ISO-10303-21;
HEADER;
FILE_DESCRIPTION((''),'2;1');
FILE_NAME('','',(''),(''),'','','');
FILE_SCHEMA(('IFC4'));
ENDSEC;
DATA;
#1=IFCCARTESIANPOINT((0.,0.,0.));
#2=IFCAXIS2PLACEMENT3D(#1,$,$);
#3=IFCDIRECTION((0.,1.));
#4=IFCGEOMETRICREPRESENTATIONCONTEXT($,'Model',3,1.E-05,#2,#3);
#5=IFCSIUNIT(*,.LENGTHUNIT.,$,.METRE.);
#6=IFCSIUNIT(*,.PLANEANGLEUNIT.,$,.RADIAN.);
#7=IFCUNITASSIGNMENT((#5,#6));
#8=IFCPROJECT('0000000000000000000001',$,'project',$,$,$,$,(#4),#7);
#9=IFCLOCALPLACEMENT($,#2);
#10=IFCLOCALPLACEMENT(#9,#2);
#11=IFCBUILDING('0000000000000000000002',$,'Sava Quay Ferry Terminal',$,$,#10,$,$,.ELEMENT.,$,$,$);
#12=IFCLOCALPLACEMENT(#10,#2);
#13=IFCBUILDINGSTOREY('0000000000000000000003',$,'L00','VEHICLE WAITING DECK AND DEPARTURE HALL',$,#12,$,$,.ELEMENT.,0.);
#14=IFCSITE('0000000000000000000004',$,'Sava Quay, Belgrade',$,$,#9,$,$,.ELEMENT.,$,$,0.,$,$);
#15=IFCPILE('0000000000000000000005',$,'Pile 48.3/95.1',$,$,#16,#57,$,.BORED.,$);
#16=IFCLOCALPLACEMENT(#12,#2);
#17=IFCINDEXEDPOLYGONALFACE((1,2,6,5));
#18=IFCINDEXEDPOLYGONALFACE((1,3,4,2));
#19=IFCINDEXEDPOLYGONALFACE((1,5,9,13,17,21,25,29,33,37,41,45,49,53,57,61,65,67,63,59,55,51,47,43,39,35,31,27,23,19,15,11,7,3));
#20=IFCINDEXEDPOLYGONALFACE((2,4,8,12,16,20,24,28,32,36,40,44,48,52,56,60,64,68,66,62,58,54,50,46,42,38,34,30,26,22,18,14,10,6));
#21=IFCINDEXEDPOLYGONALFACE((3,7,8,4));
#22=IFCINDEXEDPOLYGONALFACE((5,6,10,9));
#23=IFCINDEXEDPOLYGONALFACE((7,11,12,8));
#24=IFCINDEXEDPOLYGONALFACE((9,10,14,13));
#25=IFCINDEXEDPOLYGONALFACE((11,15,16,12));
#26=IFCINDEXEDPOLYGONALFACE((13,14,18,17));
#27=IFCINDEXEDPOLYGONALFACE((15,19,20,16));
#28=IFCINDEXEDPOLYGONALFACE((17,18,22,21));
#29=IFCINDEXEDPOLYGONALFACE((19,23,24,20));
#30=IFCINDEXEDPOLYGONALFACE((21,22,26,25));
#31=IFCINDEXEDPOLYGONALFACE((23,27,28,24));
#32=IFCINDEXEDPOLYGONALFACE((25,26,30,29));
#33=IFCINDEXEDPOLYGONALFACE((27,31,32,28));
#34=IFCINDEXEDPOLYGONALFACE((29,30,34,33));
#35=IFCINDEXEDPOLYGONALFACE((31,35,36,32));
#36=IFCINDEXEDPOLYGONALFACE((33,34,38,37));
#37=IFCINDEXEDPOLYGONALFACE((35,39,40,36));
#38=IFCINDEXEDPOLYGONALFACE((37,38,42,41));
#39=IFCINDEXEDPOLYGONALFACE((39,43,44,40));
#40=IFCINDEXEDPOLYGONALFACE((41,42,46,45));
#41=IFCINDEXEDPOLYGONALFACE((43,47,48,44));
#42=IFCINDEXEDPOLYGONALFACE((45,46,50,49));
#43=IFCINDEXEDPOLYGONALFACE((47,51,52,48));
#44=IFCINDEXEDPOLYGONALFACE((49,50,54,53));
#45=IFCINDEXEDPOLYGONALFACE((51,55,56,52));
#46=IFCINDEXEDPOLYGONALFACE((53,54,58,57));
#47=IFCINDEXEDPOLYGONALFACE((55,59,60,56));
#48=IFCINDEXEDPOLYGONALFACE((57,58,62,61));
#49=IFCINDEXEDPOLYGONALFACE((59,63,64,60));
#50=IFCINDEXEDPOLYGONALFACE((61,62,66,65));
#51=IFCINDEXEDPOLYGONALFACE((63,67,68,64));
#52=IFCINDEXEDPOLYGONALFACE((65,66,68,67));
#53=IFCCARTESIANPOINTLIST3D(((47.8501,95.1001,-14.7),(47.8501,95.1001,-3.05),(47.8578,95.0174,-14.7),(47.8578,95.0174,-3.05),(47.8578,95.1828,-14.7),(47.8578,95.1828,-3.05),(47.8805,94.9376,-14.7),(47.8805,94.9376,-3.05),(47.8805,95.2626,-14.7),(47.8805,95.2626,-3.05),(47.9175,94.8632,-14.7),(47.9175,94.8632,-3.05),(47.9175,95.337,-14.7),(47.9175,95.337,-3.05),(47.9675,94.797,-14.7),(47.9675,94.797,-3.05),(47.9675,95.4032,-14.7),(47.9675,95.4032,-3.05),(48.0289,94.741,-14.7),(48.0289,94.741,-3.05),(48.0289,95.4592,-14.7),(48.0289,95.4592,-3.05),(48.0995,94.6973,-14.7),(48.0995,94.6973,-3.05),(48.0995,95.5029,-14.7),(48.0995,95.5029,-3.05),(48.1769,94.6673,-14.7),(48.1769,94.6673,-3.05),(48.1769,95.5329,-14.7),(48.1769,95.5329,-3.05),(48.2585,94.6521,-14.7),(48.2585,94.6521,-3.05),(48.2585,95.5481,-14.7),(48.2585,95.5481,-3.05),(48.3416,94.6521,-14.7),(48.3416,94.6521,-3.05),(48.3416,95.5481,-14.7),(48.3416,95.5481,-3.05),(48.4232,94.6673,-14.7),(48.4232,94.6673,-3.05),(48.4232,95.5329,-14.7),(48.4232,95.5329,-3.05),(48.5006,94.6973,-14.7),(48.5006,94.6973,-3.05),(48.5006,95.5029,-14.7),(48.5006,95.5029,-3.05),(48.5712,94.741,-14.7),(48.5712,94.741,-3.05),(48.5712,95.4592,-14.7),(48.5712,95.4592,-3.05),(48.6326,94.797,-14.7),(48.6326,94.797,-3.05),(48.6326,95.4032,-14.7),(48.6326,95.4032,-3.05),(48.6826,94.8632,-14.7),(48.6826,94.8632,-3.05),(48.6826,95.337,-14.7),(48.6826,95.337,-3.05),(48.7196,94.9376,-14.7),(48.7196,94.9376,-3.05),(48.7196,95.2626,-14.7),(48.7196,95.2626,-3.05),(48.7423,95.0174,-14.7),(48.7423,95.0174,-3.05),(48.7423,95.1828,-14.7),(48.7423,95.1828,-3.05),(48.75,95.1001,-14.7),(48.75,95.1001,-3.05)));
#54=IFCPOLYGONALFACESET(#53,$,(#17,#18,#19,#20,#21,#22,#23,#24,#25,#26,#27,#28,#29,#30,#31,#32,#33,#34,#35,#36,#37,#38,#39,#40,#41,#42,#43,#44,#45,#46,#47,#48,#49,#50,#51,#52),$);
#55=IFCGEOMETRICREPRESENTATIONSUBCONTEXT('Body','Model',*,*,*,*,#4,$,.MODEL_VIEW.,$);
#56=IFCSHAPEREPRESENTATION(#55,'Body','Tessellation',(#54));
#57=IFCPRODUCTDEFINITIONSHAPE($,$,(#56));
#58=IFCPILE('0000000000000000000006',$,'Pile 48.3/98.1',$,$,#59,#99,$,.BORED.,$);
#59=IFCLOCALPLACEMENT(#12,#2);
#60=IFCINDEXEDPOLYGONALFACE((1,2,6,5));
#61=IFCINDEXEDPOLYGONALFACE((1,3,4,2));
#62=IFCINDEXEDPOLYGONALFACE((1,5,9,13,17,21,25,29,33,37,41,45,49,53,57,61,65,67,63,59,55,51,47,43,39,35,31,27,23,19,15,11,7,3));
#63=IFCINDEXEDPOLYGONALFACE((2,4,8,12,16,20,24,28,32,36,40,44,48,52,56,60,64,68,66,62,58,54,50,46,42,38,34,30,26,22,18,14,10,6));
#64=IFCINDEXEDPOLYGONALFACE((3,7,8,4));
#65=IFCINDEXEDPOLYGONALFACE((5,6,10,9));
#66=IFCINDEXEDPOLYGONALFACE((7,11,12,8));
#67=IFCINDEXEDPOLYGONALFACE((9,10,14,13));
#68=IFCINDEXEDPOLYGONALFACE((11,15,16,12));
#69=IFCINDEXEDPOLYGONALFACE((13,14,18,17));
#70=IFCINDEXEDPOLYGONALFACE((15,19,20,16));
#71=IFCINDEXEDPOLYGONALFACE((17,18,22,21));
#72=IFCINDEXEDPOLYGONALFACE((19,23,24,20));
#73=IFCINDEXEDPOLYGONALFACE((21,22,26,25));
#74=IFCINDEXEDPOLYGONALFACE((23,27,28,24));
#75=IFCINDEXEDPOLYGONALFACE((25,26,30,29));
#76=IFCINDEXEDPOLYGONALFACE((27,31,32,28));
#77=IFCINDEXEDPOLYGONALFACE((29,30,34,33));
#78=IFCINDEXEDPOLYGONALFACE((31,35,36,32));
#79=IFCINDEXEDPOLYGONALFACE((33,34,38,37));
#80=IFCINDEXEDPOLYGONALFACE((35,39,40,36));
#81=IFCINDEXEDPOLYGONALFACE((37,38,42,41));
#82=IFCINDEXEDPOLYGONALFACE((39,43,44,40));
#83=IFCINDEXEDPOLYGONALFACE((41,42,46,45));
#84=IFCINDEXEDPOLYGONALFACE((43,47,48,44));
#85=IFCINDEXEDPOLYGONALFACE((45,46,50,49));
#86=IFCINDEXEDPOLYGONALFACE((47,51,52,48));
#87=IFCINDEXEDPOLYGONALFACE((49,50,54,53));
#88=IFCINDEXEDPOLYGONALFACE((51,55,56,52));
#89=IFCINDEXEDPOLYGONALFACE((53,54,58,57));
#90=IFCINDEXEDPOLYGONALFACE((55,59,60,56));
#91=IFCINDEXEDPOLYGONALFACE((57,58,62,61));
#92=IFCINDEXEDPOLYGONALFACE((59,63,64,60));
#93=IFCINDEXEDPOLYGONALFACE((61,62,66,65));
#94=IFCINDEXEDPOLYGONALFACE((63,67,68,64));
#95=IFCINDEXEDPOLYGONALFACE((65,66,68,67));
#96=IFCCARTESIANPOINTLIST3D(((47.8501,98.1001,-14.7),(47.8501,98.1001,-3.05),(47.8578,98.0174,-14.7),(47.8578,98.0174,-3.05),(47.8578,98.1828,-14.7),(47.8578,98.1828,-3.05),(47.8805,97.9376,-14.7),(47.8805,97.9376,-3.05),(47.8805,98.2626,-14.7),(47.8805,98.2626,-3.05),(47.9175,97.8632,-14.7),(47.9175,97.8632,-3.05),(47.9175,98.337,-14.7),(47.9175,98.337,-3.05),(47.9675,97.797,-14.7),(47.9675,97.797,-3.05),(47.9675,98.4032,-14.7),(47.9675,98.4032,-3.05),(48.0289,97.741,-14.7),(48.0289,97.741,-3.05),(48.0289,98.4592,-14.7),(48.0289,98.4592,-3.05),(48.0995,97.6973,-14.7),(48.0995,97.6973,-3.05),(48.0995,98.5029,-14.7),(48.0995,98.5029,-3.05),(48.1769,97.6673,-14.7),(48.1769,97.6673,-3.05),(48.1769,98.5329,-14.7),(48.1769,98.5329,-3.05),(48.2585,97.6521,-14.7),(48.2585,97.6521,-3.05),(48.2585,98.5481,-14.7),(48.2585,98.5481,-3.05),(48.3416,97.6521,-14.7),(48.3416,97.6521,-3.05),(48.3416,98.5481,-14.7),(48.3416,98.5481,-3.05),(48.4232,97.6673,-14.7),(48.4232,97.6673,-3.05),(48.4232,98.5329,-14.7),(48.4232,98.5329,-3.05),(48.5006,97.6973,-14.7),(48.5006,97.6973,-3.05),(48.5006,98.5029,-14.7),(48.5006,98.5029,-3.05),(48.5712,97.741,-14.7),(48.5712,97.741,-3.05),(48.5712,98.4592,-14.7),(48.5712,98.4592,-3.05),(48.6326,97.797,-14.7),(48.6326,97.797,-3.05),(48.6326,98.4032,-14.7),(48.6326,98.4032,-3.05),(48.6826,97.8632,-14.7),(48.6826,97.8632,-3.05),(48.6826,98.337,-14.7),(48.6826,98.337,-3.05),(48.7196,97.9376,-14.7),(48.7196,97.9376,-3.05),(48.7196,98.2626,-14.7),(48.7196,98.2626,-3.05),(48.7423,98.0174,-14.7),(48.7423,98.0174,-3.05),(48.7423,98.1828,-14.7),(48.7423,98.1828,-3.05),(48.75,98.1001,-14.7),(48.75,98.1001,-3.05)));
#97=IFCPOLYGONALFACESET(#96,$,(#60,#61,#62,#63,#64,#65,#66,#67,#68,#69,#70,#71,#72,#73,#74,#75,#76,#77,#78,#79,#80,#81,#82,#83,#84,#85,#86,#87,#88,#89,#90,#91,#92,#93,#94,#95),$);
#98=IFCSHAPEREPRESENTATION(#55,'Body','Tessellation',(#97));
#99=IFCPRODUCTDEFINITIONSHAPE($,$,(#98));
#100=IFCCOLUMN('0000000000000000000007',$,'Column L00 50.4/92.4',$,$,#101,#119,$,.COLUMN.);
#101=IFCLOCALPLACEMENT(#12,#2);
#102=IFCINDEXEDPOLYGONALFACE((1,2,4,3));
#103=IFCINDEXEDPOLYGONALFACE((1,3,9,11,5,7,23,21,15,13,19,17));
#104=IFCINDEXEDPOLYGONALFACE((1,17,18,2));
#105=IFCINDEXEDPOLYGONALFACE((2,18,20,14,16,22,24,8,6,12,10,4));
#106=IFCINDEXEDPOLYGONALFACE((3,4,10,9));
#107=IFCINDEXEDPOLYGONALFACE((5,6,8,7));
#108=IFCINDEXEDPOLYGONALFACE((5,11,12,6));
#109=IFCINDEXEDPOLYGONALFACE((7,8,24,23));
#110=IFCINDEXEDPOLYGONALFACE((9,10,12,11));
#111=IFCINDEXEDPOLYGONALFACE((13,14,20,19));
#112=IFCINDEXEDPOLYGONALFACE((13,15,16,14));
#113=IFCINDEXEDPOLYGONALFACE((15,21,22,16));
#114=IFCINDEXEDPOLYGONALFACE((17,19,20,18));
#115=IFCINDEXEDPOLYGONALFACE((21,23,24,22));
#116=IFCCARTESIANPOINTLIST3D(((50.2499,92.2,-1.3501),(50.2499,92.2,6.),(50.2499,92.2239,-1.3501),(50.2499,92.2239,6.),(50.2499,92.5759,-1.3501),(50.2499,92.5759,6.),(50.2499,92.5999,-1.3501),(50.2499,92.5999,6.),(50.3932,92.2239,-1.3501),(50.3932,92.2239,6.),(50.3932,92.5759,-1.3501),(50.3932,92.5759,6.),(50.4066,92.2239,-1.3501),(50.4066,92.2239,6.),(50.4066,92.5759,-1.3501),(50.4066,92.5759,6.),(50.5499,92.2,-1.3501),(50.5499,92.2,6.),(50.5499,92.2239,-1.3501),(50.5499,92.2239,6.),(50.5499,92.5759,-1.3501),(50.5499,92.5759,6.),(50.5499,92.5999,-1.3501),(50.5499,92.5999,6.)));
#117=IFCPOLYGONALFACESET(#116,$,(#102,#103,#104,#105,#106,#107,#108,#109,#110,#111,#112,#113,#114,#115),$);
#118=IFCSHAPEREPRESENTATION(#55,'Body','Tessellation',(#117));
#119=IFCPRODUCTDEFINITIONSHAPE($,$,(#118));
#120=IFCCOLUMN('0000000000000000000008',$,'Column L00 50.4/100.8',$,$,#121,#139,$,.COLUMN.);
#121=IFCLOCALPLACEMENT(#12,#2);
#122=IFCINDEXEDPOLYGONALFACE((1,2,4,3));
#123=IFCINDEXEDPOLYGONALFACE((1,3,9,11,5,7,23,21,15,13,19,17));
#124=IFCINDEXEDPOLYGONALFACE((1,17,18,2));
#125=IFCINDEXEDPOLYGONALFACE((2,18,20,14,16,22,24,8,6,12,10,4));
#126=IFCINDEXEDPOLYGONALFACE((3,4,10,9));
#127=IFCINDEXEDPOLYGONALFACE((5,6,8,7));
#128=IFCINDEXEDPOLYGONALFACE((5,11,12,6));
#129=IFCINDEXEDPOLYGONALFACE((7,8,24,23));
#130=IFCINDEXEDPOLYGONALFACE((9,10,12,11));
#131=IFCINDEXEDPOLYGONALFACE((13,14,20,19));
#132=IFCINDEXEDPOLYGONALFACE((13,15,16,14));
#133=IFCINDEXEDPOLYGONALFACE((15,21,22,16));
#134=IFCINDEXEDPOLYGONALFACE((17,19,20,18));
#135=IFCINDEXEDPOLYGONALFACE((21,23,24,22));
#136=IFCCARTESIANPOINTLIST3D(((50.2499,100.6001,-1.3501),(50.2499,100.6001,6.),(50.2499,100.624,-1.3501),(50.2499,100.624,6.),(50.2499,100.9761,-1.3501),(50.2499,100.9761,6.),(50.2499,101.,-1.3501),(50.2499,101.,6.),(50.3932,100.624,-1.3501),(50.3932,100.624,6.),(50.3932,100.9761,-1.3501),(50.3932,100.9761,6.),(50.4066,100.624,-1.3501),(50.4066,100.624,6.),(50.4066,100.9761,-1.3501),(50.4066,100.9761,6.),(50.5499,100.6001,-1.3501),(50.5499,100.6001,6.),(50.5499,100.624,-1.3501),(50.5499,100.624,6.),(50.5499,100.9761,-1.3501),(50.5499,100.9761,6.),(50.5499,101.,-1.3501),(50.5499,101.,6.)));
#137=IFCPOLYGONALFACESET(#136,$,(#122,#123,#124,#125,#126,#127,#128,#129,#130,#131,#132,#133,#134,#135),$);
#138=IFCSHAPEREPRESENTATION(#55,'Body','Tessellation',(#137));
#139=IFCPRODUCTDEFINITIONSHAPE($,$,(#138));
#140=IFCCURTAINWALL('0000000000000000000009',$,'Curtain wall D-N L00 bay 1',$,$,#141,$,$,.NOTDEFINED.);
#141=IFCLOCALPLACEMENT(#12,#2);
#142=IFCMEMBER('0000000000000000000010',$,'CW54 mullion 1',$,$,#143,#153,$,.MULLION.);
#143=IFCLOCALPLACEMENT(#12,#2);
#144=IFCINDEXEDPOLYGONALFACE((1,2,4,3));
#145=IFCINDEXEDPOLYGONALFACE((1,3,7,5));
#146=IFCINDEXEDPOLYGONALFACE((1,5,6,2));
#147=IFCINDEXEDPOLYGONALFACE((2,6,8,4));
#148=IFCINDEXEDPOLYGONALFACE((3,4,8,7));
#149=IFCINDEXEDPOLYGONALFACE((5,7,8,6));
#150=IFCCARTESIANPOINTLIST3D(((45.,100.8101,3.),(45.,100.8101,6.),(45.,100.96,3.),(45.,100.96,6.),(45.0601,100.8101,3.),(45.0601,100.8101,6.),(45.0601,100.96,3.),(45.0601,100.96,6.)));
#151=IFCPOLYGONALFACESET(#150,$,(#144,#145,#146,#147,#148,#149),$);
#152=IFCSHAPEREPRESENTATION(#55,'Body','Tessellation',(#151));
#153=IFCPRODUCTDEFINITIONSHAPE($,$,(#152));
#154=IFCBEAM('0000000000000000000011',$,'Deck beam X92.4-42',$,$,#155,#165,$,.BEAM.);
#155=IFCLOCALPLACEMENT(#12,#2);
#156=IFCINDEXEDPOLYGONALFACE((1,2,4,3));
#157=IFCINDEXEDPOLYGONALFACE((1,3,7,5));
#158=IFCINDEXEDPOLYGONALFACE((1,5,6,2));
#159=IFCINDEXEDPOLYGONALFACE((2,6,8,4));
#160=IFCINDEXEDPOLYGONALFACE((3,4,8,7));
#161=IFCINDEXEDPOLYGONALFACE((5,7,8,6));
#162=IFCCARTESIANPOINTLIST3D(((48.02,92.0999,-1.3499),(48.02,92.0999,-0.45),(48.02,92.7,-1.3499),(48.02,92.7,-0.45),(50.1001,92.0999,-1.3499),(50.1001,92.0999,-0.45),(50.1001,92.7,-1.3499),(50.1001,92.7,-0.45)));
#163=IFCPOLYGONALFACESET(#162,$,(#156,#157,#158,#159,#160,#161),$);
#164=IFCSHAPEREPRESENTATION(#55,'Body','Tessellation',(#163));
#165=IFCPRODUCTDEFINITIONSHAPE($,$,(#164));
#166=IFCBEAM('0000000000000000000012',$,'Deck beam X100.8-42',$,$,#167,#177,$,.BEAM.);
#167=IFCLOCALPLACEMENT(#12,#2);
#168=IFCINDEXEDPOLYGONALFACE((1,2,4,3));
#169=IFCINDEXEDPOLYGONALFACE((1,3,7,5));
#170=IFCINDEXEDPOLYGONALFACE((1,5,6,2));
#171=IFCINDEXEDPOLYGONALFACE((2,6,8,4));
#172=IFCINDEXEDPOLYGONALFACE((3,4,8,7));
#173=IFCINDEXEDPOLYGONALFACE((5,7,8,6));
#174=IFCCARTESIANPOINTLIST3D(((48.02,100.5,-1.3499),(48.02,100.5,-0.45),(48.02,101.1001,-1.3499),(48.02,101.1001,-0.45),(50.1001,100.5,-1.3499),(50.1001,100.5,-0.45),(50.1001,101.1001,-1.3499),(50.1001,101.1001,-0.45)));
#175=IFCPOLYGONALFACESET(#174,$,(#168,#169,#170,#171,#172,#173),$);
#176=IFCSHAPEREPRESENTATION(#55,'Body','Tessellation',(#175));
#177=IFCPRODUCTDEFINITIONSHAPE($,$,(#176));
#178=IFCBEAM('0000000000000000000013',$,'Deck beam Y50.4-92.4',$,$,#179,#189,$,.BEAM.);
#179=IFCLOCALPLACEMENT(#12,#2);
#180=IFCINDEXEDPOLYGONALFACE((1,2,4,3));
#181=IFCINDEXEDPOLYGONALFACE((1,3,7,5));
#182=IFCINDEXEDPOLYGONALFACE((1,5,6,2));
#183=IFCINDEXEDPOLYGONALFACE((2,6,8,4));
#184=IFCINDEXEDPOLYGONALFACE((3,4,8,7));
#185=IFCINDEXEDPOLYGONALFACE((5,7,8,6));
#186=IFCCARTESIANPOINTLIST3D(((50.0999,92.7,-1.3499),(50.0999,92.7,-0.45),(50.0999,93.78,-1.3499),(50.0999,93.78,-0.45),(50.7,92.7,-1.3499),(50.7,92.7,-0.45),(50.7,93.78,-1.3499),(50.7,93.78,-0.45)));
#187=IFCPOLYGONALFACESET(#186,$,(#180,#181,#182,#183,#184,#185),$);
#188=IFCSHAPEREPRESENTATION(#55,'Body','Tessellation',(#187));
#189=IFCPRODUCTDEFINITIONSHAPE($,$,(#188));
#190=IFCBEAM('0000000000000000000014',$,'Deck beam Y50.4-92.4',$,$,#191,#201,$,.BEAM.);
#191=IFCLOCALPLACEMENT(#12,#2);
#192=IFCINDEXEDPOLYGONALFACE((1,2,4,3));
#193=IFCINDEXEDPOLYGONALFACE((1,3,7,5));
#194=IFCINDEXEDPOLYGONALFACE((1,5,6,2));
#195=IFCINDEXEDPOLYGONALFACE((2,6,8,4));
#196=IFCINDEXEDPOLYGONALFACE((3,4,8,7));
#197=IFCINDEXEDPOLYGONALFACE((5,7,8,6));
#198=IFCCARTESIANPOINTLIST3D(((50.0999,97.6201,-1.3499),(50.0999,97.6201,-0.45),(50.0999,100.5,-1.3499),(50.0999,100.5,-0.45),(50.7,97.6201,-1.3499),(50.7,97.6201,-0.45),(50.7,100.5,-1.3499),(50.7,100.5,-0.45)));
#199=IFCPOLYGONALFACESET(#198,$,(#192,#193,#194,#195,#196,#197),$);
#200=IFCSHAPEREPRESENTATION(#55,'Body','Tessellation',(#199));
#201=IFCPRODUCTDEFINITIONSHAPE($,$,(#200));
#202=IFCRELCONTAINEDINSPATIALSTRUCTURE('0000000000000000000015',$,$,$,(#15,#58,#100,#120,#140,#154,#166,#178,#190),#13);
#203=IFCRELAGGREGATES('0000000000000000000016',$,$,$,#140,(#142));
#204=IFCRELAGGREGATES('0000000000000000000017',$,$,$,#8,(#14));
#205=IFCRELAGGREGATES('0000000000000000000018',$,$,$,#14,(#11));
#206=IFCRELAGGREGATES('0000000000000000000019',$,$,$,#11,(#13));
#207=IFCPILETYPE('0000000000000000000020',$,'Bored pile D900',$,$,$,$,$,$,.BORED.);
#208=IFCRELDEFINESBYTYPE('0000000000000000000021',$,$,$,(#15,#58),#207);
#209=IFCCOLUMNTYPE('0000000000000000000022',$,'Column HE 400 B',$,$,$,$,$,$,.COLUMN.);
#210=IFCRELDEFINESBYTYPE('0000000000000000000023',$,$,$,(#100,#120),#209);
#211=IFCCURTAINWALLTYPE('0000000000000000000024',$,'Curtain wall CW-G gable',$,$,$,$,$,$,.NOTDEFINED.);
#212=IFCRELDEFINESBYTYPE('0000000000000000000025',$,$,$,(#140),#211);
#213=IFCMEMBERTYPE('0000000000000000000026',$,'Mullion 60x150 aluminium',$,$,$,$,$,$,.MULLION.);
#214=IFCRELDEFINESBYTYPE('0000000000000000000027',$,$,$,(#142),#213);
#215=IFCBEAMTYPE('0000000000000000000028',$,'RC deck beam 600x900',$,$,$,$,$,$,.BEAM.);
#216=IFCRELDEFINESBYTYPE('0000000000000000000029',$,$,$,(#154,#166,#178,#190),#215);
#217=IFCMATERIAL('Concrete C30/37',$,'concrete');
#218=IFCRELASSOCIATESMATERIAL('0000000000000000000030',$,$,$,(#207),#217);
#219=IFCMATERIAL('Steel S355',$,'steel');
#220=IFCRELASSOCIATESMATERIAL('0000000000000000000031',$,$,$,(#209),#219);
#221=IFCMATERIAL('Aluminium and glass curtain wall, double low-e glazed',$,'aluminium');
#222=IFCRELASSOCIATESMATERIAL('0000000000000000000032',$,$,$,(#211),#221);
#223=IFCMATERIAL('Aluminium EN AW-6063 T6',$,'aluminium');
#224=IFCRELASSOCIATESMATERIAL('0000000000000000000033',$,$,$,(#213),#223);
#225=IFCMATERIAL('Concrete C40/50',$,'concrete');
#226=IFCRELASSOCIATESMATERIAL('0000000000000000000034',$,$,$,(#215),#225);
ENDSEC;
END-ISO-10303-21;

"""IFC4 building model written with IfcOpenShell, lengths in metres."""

from ifc_helpers import new_model, si_unit, direction, frame, origin, origin_2d, place, context, subcontext, project, spatial, rectangle, circle, i_section, extrude, material, material_profile, profile_set, type_object, element, aggregate, save


model = new_model("IFC4")

# Units and contexts
model_context = context("Model", 3, precision=1e-05, world=origin(), true_north=direction((0.0, 1.0)))
body_context = subcontext(model_context, "Body", "Model", "MODEL_VIEW")
ifc_project = project(units=[si_unit("LENGTHUNIT", "METRE"), si_unit("PLANEANGLEUNIT", "RADIAN")], contexts=[model_context])

# Site, building, storey
site_placement = place(None, origin())
site = spatial("IfcSite", under=ifc_project, at=site_placement, Name="Sava Quay, Belgrade", CompositionType="ELEMENT", RefElevation=0.0)
building_placement = place(site_placement, origin())
building = spatial("IfcBuilding", under=site, at=building_placement, Name="Sava Quay Ferry Terminal", CompositionType="ELEMENT")
storey_placement = place(building_placement, origin())
storey = spatial("IfcBuildingStorey", under=building, at=storey_placement, Name="L00", Description="VEHICLE WAITING DECK AND DEPARTURE HALL", CompositionType="ELEMENT", Elevation=0.0)

# Piles
ifc_material_1 = material(Name="Concrete C30/37", Category="concrete")
ifc_material_profile_1 = material_profile(ifc_material_1, circle(Radius=0.45, at=origin_2d()), Name="Bored pile D900")
ifc_profile_set_1 = profile_set([ifc_material_profile_1], Name="Concrete C30/37")
pile_type = type_object("IfcPileType", Name="Bored pile D900", PredefinedType="BORED", material=ifc_profile_set_1)
for number, where, z_axis, x_axis, name in (
    (1, (48.3, 95.1001, -3.05), (0.0, 0.0, -1.0), (1.0, 0.0, 0.0), "Pile 48.3/95.1"),
    (2, (48.3, 98.1001, -3.05), (0.0, 0.0, -1.0), (1.0, 0.0, 0.0), "Pile 48.3/98.1"),
):
    element("IfcPile", number, at=place(storey_placement, frame(where, z_axis=z_axis, x_axis=x_axis)), inside=storey, type_object=pile_type, Name=name, PredefinedType="BORED", context=body_context, shape_type="SweptSolid", body=[
        extrude(circle(Radius=0.45, at=origin_2d()), origin(), (0.0, 0.0, 1.0), 11.6499),
    ])

# Columns
ifc_material_2 = material(Name="Steel S355", Category="steel")
ifc_material_profile_2 = material_profile(ifc_material_2, i_section(OverallWidth=0.3, OverallDepth=0.3999, WebThickness=0.0134, FlangeThickness=0.0239, at=origin_2d()), Name="HE 400 B")
ifc_profile_set_2 = profile_set([ifc_material_profile_2], Name="Steel S355")
column_type = type_object("IfcColumnType", Name="Column HE 400 B", PredefinedType="COLUMN", material=ifc_profile_set_2)
for number, where, z_axis, x_axis, name in (
    (3, (50.3999, 92.3999, -1.3501), (0.0, 0.0, 1.0), (1.0, 0.0, 0.0), "Column L00 50.4/92.4"),
    (4, (50.3999, 100.8, -1.3501), (0.0, 0.0, 1.0), (1.0, 0.0, 0.0), "Column L00 50.4/100.8"),
):
    element("IfcColumn", number, at=place(storey_placement, frame(where, z_axis=z_axis, x_axis=x_axis)), inside=storey, type_object=column_type, Name=name, PredefinedType="COLUMN", context=body_context, shape_type="SweptSolid", body=[
        extrude(i_section(OverallWidth=0.3, OverallDepth=0.3999, WebThickness=0.0134, FlangeThickness=0.0239, at=origin_2d()), origin(), (0.0, 0.0, 1.0), 7.3501),
    ])

# Curtain wall, member
ifc_material_3 = material(Name="Aluminium and glass curtain wall, double low-e glazed", Category="aluminium")
curtain_wall_type = type_object("IfcCurtainWallType", Name="Curtain wall CW-G gable", PredefinedType="NOTDEFINED", material=ifc_material_3)
curtain_wall_placement = place(storey_placement, origin())
curtain_wall = element("IfcCurtainWall", 5, at=curtain_wall_placement, inside=storey, type_object=curtain_wall_type, Name="Curtain wall D-N L00 bay 1", PredefinedType="NOTDEFINED")
ifc_material_4 = material(Name="Aluminium EN AW-6063 T6", Category="aluminium")
ifc_material_profile_3 = material_profile(ifc_material_4, rectangle(XDim=0.1499, YDim=0.0601, at=origin_2d()), Name="Mullion 60x150 aluminium")
ifc_profile_set_3 = profile_set([ifc_material_profile_3], Name="Aluminium EN AW-6063 T6")
member_type_1 = type_object("IfcMemberType", Name="Mullion 60x150 aluminium", PredefinedType="MULLION", material=ifc_profile_set_3)
member_1_placement = place(storey_placement, frame((45.03, 100.885, 3.0), z_axis=(0.0, 0.0, 1.0), x_axis=(0.0, 1.0, 0.0)))
member_1 = element("IfcMember", 6, at=member_1_placement, type_object=member_type_1, Name="CW54 mullion 1", PredefinedType="MULLION", context=body_context, shape_type="SweptSolid", body=[
    extrude(rectangle(XDim=0.1499, YDim=0.0601, at=origin_2d()), origin(), (0.0, 0.0, 1.0), 3.0),
])

# Beams
ifc_material_5 = material(Name="Concrete C40/50", Category="concrete")
ifc_material_profile_4 = material_profile(ifc_material_5, rectangle(XDim=0.6001, YDim=0.8999, at=origin_2d()), Name="RC 600x900")
ifc_profile_set_4 = profile_set([ifc_material_profile_4], Name="Concrete C40/50")
beam_type = type_object("IfcBeamType", Name="RC deck beam 600x900", PredefinedType="BEAM", material=ifc_profile_set_4)
for number, where, z_axis, x_axis, name in (
    (7, (48.02, 92.3999, -0.8999), (1.0, 0.0, 0.0), (0.0, 1.0, 0.0), "Deck beam X92.4-42"),
    (8, (48.02, 100.8, -0.8999), (1.0, 0.0, 0.0), (0.0, 1.0, 0.0), "Deck beam X100.8-42"),
):
    element("IfcBeam", number, at=place(storey_placement, frame(where, z_axis=z_axis, x_axis=x_axis)), inside=storey, type_object=beam_type, Name=name, PredefinedType="BEAM", context=body_context, shape_type="SweptSolid", body=[
        extrude(rectangle(XDim=0.6001, YDim=0.8999, at=origin_2d()), origin(), (0.0, 0.0, 1.0), 2.0801),
    ])
beam_1_placement = place(storey_placement, frame((50.3999, 92.7, -0.8999), z_axis=(0.0, 1.0, 0.0), x_axis=(-1.0, 0.0, 0.0)))
element("IfcBeam", 9, at=beam_1_placement, inside=storey, type_object=beam_type, Name="Deck beam Y50.4-92.4", PredefinedType="BEAM", context=body_context, shape_type="SweptSolid", body=[
    extrude(rectangle(XDim=0.6001, YDim=0.8999, at=origin_2d()), origin(), (0.0, 0.0, 1.0), 1.0801),
])
beam_2_placement = place(storey_placement, frame((50.3999, 97.6201, -0.8999), z_axis=(0.0, 1.0, 0.0), x_axis=(-1.0, 0.0, 0.0)))
element("IfcBeam", 10, at=beam_2_placement, inside=storey, type_object=beam_type, Name="Deck beam Y50.4-92.4", PredefinedType="BEAM", context=body_context, shape_type="SweptSolid", body=[
    extrude(rectangle(XDim=0.6001, YDim=0.8999, at=origin_2d()), origin(), (0.0, 0.0, 1.0), 2.8799),
])

aggregate(curtain_wall, [member_1])

save(model, "model.ifc")
